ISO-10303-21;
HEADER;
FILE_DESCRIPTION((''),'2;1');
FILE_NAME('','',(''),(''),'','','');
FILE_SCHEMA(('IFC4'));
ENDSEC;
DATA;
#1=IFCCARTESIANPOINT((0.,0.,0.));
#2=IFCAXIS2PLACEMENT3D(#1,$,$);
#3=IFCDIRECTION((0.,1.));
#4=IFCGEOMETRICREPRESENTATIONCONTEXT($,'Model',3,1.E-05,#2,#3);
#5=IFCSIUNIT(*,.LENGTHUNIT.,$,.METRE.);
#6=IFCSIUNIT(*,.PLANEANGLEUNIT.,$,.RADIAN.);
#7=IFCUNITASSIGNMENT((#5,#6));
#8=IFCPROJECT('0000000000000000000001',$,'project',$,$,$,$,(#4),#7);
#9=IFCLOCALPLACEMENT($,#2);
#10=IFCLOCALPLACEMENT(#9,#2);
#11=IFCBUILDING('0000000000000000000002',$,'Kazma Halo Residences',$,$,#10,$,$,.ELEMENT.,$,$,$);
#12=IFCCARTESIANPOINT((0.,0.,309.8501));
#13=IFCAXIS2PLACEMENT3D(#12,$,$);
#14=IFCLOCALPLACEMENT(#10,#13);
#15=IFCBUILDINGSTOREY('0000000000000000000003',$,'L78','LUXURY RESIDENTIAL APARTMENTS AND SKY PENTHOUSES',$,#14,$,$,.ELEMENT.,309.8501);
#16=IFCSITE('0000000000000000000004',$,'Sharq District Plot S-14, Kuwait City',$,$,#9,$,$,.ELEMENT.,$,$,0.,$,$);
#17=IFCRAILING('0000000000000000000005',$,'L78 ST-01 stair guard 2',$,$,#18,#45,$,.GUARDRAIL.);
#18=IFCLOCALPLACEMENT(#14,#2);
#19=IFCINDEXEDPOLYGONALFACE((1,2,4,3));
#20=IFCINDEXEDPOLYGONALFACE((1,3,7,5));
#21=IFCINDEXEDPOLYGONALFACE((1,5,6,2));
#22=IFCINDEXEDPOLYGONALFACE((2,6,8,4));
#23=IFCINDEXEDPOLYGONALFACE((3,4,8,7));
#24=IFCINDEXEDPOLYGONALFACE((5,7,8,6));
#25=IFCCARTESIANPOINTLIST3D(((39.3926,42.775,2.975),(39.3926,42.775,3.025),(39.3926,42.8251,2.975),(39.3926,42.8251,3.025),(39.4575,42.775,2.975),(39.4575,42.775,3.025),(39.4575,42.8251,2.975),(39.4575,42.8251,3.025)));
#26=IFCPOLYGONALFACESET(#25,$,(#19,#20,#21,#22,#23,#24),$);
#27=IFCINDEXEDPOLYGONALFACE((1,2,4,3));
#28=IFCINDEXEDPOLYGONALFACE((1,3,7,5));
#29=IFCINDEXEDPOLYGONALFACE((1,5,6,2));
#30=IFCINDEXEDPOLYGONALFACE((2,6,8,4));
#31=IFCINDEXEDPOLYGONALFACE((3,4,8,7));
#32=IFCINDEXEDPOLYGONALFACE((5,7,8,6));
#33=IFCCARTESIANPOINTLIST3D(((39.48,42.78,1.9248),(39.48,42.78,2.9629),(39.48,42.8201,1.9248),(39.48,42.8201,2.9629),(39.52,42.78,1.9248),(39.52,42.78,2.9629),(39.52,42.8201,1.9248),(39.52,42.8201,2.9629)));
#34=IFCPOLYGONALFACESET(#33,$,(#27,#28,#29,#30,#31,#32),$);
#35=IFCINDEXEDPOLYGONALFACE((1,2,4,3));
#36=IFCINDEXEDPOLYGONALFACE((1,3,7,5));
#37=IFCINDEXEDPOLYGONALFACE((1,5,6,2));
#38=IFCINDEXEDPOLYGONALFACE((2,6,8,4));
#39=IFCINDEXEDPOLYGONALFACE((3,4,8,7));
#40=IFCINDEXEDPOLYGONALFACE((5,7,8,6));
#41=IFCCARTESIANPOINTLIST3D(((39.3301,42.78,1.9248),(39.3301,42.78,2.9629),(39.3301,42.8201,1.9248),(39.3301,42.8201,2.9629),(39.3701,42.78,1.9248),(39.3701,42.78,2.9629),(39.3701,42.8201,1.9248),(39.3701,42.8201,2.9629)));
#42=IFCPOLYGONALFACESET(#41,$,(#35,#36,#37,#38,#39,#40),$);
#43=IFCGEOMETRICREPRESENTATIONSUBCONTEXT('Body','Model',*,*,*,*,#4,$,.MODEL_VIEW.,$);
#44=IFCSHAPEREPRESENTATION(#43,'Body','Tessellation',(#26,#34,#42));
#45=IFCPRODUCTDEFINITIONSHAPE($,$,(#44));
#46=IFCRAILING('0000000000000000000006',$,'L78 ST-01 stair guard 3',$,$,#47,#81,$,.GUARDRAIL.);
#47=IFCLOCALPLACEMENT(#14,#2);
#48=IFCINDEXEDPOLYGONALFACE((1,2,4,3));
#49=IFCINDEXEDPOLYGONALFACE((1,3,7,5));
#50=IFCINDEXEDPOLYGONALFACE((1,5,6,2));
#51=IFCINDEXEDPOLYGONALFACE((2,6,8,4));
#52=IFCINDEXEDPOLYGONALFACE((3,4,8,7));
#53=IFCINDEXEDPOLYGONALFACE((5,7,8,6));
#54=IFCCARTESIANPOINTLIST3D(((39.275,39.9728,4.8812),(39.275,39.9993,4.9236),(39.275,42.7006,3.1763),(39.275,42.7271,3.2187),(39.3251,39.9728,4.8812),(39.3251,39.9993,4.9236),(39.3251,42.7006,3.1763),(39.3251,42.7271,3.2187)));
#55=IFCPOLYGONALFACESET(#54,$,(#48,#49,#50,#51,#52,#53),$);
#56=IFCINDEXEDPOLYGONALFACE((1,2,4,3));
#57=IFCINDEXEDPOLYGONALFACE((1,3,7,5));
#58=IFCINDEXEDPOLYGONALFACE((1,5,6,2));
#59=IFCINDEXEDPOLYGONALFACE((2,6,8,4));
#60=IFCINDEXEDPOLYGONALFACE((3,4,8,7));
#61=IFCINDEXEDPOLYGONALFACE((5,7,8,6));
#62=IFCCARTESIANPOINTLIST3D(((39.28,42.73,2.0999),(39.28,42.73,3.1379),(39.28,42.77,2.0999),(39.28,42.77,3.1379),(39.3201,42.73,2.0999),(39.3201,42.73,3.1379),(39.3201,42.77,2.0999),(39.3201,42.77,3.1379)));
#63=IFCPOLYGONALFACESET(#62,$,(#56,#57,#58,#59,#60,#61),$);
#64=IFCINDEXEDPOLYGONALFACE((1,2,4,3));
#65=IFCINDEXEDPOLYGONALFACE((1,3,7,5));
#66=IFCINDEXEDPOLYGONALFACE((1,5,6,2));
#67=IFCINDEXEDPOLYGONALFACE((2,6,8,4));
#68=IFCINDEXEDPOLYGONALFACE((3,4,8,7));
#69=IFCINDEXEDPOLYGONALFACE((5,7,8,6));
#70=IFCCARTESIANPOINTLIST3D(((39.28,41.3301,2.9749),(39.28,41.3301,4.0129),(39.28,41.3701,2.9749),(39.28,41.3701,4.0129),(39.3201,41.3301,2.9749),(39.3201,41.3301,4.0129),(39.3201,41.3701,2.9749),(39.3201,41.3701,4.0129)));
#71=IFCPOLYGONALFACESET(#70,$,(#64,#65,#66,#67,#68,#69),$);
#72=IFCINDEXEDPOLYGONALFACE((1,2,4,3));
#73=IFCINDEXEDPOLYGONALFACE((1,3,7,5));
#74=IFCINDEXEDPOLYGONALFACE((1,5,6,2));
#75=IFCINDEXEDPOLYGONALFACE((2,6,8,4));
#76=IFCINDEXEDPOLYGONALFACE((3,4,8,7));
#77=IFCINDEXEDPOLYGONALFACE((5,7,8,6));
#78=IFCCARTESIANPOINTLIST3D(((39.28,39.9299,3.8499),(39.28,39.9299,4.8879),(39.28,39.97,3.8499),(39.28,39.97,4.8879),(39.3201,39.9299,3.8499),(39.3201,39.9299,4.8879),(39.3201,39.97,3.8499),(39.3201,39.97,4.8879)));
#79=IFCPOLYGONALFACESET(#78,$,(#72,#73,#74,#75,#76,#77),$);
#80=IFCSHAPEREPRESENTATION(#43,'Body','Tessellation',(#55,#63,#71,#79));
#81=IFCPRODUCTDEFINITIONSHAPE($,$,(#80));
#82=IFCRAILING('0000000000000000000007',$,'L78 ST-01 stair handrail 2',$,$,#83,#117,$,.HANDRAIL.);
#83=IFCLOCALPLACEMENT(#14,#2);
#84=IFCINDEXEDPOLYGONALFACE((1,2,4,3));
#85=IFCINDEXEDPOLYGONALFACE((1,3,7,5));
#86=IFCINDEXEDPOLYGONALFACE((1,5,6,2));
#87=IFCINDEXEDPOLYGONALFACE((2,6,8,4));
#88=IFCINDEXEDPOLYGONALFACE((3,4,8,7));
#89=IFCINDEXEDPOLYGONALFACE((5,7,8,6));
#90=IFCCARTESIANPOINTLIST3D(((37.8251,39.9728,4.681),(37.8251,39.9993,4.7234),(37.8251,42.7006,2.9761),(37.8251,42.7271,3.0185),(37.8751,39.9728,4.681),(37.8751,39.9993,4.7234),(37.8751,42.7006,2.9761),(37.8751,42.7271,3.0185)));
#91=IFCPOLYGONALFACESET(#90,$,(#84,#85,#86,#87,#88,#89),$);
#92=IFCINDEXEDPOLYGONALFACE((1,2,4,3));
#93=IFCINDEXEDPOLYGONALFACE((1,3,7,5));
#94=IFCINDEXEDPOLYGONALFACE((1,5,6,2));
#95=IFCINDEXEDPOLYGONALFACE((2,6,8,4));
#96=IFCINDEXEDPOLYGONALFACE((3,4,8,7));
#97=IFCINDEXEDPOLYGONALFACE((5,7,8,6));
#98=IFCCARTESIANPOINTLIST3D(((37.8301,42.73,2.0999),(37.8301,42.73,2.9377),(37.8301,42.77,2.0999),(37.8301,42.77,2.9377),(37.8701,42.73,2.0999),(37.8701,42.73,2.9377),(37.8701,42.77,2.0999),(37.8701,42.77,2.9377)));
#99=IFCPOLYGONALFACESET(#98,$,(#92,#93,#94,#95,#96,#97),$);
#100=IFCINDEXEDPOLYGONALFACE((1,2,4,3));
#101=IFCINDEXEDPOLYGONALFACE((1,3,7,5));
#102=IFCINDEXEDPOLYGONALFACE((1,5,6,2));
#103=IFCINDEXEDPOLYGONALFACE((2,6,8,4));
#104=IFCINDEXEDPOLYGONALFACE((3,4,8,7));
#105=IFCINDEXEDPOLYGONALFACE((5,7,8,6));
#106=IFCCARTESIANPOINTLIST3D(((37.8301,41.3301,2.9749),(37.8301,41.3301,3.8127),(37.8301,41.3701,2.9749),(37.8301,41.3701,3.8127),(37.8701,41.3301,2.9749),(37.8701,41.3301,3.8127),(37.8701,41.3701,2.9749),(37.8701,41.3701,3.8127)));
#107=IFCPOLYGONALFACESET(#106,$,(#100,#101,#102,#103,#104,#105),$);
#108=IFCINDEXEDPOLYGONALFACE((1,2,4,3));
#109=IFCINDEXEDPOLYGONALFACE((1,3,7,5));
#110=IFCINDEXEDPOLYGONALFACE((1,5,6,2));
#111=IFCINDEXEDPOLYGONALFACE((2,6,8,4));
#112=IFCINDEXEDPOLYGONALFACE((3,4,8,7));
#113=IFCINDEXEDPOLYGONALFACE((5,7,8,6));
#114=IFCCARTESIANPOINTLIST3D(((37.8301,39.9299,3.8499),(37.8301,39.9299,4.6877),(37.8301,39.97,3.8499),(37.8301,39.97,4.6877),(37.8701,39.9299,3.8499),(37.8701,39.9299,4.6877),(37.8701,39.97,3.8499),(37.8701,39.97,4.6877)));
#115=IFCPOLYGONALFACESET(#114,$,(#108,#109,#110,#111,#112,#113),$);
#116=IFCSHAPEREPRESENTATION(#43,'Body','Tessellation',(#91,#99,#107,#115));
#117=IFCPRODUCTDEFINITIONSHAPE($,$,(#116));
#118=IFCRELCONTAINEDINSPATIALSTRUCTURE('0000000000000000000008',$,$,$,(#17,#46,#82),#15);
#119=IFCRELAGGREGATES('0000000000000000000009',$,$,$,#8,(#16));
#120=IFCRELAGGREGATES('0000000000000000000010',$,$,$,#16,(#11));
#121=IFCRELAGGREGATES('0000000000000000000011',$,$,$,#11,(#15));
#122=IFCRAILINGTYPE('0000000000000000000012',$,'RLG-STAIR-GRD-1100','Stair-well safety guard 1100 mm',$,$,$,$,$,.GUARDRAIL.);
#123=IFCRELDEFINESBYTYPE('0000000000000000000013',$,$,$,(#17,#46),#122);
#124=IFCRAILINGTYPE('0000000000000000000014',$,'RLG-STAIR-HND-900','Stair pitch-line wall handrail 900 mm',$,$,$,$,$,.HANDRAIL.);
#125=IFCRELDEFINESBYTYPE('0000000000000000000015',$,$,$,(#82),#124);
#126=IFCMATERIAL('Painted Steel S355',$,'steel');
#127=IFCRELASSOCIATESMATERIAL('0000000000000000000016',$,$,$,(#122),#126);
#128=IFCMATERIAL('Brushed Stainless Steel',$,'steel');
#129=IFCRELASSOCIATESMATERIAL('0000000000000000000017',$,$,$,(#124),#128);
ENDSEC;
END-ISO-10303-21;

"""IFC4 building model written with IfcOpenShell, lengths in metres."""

from ifc_helpers import new_model, si_unit, direction, frame, origin, origin_2d, place, context, subcontext, project, spatial, rectangle, extrude, material, type_object, element, save


model = new_model("IFC4")

# Units and contexts
model_context = context("Model", 3, precision=1e-05, world=origin(), true_north=direction((0.0, 1.0)))
body_context = subcontext(model_context, "Body", "Model", "MODEL_VIEW")
ifc_project = project(units=[si_unit("LENGTHUNIT", "METRE"), si_unit("PLANEANGLEUNIT", "RADIAN")], contexts=[model_context])

# Site, building, storey
site_placement = place(None, origin())
site = spatial("IfcSite", under=ifc_project, at=site_placement, Name="Sharq District Plot S-14, Kuwait City", CompositionType="ELEMENT", RefElevation=0.0)
building_placement = place(site_placement, origin())
building = spatial("IfcBuilding", under=site, at=building_placement, Name="Kazma Halo Residences", CompositionType="ELEMENT")
storey_placement = place(building_placement, frame((0.0, 0.0, 309.8501)))
storey = spatial("IfcBuildingStorey", under=building, at=storey_placement, Name="L78", Description="LUXURY RESIDENTIAL APARTMENTS AND SKY PENTHOUSES", CompositionType="ELEMENT", Elevation=309.8501)

# Railings
ifc_material_1 = material(Name="Painted Steel S355", Category="steel")
railing_type_1 = type_object("IfcRailingType", Name="RLG-STAIR-GRD-1100", Description="Stair-well safety guard 1100 mm", PredefinedType="GUARDRAIL", material=ifc_material_1)
railing_1_placement = place(storey_placement, frame((39.5, 42.8, 1.9248)))
element("IfcRailing", 1, at=railing_1_placement, inside=storey, type_object=railing_type_1, Name="L78 ST-01 stair guard 2", PredefinedType="GUARDRAIL", context=body_context, shape_type="SweptSolid", body=[
    extrude(rectangle(XDim=0.05, YDim=0.05, at=origin_2d()), frame((-0.0425, 0.0, 1.0752), z_axis=(-1.0, 0.0, 0.0), x_axis=(0.0, -1.0, 0.0)), (0.0, 0.0, 1.0), 0.0649),
    extrude(rectangle(XDim=0.04, YDim=0.04, at=origin_2d()), origin(), (0.0, 0.0, 1.0), 1.0381),
    extrude(rectangle(XDim=0.04, YDim=0.04, at=origin_2d()), frame((-0.1499, 0.0, 0.0)), (0.0, 0.0, 1.0), 1.0381),
])
railing_2_placement = place(storey_placement, frame((39.3, 42.75, 2.0999)))
element("IfcRailing", 2, at=railing_2_placement, inside=storey, type_object=railing_type_1, Name="L78 ST-01 stair guard 3", PredefinedType="GUARDRAIL", context=body_context, shape_type="SweptSolid", body=[
    extrude(rectangle(XDim=0.05, YDim=0.05, at=origin_2d()), frame((0.0, -0.0361, 1.0977), z_axis=(0.0, -0.848002, 0.529992), x_axis=(1.0, 0.0, 0.0)), (0.0, 0.0, 1.0), 3.2168),
    extrude(rectangle(XDim=0.04, YDim=0.04, at=origin_2d()), origin(), (0.0, 0.0, 1.0), 1.0381),
    extrude(rectangle(XDim=0.04, YDim=0.04, at=origin_2d()), frame((0.0, -1.3999, 0.875)), (0.0, 0.0, 1.0), 1.0381),
    extrude(rectangle(XDim=0.04, YDim=0.04, at=origin_2d()), frame((0.0, -2.8, 1.75)), (0.0, 0.0, 1.0), 1.0381),
])
ifc_material_2 = material(Name="Brushed Stainless Steel", Category="steel")
railing_type_2 = type_object("IfcRailingType", Name="RLG-STAIR-HND-900", Description="Stair pitch-line wall handrail 900 mm", PredefinedType="HANDRAIL", material=ifc_material_2)
railing_3_placement = place(storey_placement, frame((37.8501, 42.75, 2.0999)))
element("IfcRailing", 3, at=railing_3_placement, inside=storey, type_object=railing_type_2, Name="L78 ST-01 stair handrail 2", PredefinedType="HANDRAIL", context=body_context, shape_type="SweptSolid", body=[
    extrude(rectangle(XDim=0.05, YDim=0.05, at=origin_2d()), frame((0.0, -0.0361, 0.8975), z_axis=(0.0, -0.848002, 0.529992), x_axis=(1.0, 0.0, 0.0)), (0.0, 0.0, 1.0), 3.2168),
    extrude(rectangle(XDim=0.04, YDim=0.04, at=origin_2d()), origin(), (0.0, 0.0, 1.0), 0.8379),
    extrude(rectangle(XDim=0.04, YDim=0.04, at=origin_2d()), frame((0.0, -1.3999, 0.875)), (0.0, 0.0, 1.0), 0.8379),
    extrude(rectangle(XDim=0.04, YDim=0.04, at=origin_2d()), frame((0.0, -2.8, 1.75)), (0.0, 0.0, 1.0), 0.8379),
])

save(model, "model.ifc")
